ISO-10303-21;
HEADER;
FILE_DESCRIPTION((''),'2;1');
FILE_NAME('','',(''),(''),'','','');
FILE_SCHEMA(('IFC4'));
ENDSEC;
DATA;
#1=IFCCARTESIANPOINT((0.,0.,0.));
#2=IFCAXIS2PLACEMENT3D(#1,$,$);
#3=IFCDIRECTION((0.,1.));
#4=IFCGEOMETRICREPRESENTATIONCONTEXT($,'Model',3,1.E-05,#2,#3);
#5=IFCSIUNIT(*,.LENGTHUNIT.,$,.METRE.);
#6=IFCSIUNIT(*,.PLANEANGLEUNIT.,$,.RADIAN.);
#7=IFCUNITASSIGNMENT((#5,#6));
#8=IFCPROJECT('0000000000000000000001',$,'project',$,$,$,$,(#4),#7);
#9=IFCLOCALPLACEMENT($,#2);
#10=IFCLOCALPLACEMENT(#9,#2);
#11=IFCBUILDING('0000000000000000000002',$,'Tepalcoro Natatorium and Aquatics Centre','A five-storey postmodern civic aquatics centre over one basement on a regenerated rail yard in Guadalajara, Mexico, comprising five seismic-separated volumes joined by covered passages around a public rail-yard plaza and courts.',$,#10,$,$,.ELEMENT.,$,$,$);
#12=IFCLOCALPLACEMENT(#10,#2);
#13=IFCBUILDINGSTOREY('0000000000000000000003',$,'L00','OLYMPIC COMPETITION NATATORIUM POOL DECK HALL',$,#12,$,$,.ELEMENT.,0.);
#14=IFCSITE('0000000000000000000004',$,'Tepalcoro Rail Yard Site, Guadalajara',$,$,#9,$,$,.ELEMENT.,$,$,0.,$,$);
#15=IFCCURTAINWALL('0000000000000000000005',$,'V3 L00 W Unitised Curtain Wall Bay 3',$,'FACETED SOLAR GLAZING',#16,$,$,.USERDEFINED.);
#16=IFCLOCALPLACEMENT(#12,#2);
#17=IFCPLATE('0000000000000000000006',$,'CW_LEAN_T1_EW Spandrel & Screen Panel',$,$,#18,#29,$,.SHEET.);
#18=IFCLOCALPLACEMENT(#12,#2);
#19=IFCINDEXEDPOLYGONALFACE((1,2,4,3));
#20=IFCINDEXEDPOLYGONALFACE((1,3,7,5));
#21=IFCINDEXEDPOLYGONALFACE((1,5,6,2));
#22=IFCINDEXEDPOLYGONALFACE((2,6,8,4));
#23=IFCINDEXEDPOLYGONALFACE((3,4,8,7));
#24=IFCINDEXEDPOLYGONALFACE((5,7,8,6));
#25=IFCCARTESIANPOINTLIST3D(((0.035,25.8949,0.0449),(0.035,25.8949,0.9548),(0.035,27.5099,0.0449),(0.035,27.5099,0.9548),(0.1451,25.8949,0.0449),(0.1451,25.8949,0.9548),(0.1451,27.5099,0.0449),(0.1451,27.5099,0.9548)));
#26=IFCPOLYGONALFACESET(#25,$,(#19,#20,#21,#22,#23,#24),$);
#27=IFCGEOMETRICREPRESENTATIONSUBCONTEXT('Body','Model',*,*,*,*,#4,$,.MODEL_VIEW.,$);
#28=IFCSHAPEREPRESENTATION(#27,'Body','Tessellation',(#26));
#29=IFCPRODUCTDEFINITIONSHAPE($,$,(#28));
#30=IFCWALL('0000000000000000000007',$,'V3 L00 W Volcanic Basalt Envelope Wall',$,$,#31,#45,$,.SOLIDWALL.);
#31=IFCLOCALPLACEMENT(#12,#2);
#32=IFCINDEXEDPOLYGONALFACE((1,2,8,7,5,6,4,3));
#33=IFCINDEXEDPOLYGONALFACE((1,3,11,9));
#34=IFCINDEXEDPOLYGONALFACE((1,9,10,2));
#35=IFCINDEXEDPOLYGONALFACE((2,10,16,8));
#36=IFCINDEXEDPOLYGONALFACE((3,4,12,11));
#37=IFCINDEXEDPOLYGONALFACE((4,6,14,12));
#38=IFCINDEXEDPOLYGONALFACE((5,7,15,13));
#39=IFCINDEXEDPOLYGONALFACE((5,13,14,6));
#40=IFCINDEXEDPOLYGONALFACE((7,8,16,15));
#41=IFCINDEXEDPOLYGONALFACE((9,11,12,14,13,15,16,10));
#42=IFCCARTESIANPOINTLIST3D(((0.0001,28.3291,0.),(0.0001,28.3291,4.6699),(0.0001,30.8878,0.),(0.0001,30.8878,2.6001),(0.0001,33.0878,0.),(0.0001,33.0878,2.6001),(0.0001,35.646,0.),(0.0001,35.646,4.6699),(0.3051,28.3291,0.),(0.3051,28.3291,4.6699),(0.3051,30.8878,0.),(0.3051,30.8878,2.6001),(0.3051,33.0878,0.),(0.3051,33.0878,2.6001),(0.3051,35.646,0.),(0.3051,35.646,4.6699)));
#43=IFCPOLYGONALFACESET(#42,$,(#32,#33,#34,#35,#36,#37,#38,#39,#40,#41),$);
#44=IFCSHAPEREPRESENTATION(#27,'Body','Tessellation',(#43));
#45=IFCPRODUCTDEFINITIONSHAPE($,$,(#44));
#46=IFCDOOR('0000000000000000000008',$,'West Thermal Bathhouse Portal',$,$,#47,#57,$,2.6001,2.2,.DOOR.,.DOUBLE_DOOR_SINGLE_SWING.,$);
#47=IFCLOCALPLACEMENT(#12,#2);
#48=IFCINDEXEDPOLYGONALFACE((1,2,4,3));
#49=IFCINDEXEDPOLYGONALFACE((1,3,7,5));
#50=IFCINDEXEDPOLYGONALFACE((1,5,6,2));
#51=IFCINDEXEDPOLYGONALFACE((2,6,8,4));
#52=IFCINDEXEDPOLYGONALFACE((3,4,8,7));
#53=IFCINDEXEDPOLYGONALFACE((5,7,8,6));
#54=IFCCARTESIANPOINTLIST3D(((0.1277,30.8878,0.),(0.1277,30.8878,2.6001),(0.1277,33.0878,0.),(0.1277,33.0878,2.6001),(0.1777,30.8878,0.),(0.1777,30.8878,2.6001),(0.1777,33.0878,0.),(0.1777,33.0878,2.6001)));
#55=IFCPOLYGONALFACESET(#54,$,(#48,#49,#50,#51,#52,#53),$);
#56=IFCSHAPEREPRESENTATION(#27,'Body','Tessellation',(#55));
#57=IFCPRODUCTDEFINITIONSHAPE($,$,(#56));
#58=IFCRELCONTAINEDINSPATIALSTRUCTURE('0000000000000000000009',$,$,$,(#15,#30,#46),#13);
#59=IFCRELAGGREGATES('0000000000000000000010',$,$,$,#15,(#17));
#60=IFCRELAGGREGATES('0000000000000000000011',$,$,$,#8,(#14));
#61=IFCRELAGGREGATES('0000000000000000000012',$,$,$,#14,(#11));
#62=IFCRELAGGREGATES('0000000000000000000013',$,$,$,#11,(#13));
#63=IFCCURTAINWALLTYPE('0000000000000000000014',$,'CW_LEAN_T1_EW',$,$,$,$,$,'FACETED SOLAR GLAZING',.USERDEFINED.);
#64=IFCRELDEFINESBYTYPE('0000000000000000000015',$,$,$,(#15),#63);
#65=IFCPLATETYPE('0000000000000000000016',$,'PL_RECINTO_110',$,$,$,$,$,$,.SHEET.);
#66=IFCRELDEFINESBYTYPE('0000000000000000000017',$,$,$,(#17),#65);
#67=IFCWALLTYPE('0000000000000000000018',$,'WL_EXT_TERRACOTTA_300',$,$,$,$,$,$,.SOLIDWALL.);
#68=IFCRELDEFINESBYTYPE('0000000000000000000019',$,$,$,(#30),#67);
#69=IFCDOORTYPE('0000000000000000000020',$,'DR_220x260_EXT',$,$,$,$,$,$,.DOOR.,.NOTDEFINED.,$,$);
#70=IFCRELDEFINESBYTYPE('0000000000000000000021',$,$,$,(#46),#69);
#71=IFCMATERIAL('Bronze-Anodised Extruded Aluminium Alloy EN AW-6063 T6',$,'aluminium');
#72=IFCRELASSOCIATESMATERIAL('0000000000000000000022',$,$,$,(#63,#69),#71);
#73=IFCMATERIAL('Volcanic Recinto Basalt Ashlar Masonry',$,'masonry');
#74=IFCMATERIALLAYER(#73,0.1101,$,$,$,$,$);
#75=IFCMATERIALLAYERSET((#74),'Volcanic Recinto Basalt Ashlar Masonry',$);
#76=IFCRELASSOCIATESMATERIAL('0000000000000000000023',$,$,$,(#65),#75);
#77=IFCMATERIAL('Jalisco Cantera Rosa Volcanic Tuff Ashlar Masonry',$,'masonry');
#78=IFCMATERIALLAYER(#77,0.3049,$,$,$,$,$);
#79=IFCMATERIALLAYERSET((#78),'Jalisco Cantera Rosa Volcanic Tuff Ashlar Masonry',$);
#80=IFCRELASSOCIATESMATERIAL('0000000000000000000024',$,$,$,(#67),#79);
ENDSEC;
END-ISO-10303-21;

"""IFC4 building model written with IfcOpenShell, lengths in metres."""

from ifc_helpers import new_model, si_unit, direction, frame, frame_2d, origin, origin_2d, place, context, subcontext, project, spatial, rectangle, extrude, material, layer, layer_set, type_object, element, fill, aggregate, save


model = new_model("IFC4")

# Units and contexts
model_context = context("Model", 3, precision=1e-05, world=origin(), true_north=direction((0.0, 1.0)))
body_context = subcontext(model_context, "Body", "Model", "MODEL_VIEW")
ifc_project = project(units=[si_unit("LENGTHUNIT", "METRE"), si_unit("PLANEANGLEUNIT", "RADIAN")], contexts=[model_context])

# Site, building, storey
site_placement = place(None, origin())
site = spatial("IfcSite", under=ifc_project, at=site_placement, Name="Tepalcoro Rail Yard Site, Guadalajara", CompositionType="ELEMENT", RefElevation=0.0)
building_placement = place(site_placement, origin())
building = spatial("IfcBuilding", under=site, at=building_placement, Name="Tepalcoro Natatorium and Aquatics Centre", Description="A five-storey postmodern civic aquatics centre over one basement on a regenerated rail yard in Guadalajara, Mexico, comprising five seismic-separated volumes joined by covered passages around a public rail-yard plaza and courts.", CompositionType="ELEMENT")
storey_placement = place(building_placement, origin())
storey = spatial("IfcBuildingStorey", under=building, at=storey_placement, Name="L00", Description="OLYMPIC COMPETITION NATATORIUM POOL DECK HALL", CompositionType="ELEMENT", Elevation=0.0)

# Curtain wall
ifc_material_1 = material(Name="Bronze-Anodised Extruded Aluminium Alloy EN AW-6063 T6", Category="aluminium")
curtain_wall_type = type_object("IfcCurtainWallType", Name="CW_LEAN_T1_EW", ElementType="FACETED SOLAR GLAZING", PredefinedType="USERDEFINED", material=ifc_material_1)
curtain_wall_placement = place(storey_placement, origin())
curtain_wall = element("IfcCurtainWall", 1, at=curtain_wall_placement, inside=storey, type_object=curtain_wall_type, Name="V3 L00 W Unitised Curtain Wall Bay 3", ObjectType="FACETED SOLAR GLAZING", PredefinedType="USERDEFINED")

# Plate
ifc_material_2 = material(Name="Jalisco Cantera Rosa Volcanic Tuff Ashlar Masonry", Category="masonry")
ifc_material_3 = material(Name="Volcanic Recinto Basalt Ashlar Masonry", Category="masonry")
ifc_layer_1 = layer(ifc_material_3, 0.1101)
ifc_layer_set_1 = layer_set([ifc_layer_1], Name="Volcanic Recinto Basalt Ashlar Masonry")
plate_type_1 = type_object("IfcPlateType", Name="PL_RECINTO_110", PredefinedType="SHEET", material=ifc_layer_set_1)
plate_1_placement = place(storey_placement, frame((0.0901, 26.7024, 0.0449), z_axis=(0.0, 0.0, 1.0), x_axis=(1.0, 0.0, 0.0)))
plate_1 = element("IfcPlate", 2, at=plate_1_placement, type_object=plate_type_1, Name="CW_LEAN_T1_EW Spandrel & Screen Panel", PredefinedType="SHEET", context=body_context, shape_type="SweptSolid", body=[
    extrude(rectangle(XDim=0.1101, YDim=1.615, at=origin_2d()), origin(), (0.0, 0.0, 1.0), 0.9099),
])
aggregate(curtain_wall, [plate_1])

# Wall, opening, door
ifc_layer_2 = layer(ifc_material_2, 0.3049)
ifc_layer_set_2 = layer_set([ifc_layer_2], Name="Jalisco Cantera Rosa Volcanic Tuff Ashlar Masonry")
wall_type = type_object("IfcWallType", Name="WL_EXT_TERRACOTTA_300", PredefinedType="SOLIDWALL", material=ifc_layer_set_2)
wall_placement = place(storey_placement, frame((0.1526, 28.3291, 0.0), z_axis=(0.0, 0.0, 1.0), x_axis=(0.0, 1.0, 0.0)))
wall = element("IfcWall", 3, at=wall_placement, inside=storey, type_object=wall_type, Name="V3 L00 W Volcanic Basalt Envelope Wall", PredefinedType="SOLIDWALL", context=body_context, shape_type="SweptSolid", body=[
    extrude(rectangle(XDim=7.3169, YDim=0.3049, at=frame_2d((3.6584, 0.0))), origin(), (0.0, 0.0, 1.0), 4.6699),
])
opening_placement = place(wall_placement, frame((2.5586, 0.0, 0.0)))
opening = element("IfcOpeningElement", 4, at=opening_placement, cuts=wall, PredefinedType="OPENING", context=body_context, shape_type="SweptSolid", body=[
    extrude(rectangle(XDim=2.2, YDim=2.6001, at=frame_2d((1.1001, 1.3))), frame((0.0, 0.1646, 0.0), z_axis=(0.0, -1.0, 0.0), x_axis=(1.0, 0.0, 0.0)), (0.0, 0.0, 1.0), 0.3289),
])
door_type = type_object("IfcDoorType", Name="DR_220x260_EXT", OperationType="NOTDEFINED", PredefinedType="DOOR", material=ifc_material_1)
door_placement = place(opening_placement, origin())
door = element("IfcDoor", 5, at=door_placement, inside=storey, type_object=door_type, Name="West Thermal Bathhouse Portal", OperationType="DOUBLE_DOOR_SINGLE_SWING", OverallHeight=2.6001, OverallWidth=2.2, PredefinedType="DOOR", context=body_context, shape_type="SweptSolid", body=[
    extrude(rectangle(XDim=2.2, YDim=2.6001, at=frame_2d((1.1001, 1.3))), frame((0.0, 0.0249, 0.0), z_axis=(0.0, -1.0, 0.0), x_axis=(1.0, 0.0, 0.0)), (0.0, 0.0, 1.0), 0.05),
])
fill(opening, door)

save(model, "model.ifc")
